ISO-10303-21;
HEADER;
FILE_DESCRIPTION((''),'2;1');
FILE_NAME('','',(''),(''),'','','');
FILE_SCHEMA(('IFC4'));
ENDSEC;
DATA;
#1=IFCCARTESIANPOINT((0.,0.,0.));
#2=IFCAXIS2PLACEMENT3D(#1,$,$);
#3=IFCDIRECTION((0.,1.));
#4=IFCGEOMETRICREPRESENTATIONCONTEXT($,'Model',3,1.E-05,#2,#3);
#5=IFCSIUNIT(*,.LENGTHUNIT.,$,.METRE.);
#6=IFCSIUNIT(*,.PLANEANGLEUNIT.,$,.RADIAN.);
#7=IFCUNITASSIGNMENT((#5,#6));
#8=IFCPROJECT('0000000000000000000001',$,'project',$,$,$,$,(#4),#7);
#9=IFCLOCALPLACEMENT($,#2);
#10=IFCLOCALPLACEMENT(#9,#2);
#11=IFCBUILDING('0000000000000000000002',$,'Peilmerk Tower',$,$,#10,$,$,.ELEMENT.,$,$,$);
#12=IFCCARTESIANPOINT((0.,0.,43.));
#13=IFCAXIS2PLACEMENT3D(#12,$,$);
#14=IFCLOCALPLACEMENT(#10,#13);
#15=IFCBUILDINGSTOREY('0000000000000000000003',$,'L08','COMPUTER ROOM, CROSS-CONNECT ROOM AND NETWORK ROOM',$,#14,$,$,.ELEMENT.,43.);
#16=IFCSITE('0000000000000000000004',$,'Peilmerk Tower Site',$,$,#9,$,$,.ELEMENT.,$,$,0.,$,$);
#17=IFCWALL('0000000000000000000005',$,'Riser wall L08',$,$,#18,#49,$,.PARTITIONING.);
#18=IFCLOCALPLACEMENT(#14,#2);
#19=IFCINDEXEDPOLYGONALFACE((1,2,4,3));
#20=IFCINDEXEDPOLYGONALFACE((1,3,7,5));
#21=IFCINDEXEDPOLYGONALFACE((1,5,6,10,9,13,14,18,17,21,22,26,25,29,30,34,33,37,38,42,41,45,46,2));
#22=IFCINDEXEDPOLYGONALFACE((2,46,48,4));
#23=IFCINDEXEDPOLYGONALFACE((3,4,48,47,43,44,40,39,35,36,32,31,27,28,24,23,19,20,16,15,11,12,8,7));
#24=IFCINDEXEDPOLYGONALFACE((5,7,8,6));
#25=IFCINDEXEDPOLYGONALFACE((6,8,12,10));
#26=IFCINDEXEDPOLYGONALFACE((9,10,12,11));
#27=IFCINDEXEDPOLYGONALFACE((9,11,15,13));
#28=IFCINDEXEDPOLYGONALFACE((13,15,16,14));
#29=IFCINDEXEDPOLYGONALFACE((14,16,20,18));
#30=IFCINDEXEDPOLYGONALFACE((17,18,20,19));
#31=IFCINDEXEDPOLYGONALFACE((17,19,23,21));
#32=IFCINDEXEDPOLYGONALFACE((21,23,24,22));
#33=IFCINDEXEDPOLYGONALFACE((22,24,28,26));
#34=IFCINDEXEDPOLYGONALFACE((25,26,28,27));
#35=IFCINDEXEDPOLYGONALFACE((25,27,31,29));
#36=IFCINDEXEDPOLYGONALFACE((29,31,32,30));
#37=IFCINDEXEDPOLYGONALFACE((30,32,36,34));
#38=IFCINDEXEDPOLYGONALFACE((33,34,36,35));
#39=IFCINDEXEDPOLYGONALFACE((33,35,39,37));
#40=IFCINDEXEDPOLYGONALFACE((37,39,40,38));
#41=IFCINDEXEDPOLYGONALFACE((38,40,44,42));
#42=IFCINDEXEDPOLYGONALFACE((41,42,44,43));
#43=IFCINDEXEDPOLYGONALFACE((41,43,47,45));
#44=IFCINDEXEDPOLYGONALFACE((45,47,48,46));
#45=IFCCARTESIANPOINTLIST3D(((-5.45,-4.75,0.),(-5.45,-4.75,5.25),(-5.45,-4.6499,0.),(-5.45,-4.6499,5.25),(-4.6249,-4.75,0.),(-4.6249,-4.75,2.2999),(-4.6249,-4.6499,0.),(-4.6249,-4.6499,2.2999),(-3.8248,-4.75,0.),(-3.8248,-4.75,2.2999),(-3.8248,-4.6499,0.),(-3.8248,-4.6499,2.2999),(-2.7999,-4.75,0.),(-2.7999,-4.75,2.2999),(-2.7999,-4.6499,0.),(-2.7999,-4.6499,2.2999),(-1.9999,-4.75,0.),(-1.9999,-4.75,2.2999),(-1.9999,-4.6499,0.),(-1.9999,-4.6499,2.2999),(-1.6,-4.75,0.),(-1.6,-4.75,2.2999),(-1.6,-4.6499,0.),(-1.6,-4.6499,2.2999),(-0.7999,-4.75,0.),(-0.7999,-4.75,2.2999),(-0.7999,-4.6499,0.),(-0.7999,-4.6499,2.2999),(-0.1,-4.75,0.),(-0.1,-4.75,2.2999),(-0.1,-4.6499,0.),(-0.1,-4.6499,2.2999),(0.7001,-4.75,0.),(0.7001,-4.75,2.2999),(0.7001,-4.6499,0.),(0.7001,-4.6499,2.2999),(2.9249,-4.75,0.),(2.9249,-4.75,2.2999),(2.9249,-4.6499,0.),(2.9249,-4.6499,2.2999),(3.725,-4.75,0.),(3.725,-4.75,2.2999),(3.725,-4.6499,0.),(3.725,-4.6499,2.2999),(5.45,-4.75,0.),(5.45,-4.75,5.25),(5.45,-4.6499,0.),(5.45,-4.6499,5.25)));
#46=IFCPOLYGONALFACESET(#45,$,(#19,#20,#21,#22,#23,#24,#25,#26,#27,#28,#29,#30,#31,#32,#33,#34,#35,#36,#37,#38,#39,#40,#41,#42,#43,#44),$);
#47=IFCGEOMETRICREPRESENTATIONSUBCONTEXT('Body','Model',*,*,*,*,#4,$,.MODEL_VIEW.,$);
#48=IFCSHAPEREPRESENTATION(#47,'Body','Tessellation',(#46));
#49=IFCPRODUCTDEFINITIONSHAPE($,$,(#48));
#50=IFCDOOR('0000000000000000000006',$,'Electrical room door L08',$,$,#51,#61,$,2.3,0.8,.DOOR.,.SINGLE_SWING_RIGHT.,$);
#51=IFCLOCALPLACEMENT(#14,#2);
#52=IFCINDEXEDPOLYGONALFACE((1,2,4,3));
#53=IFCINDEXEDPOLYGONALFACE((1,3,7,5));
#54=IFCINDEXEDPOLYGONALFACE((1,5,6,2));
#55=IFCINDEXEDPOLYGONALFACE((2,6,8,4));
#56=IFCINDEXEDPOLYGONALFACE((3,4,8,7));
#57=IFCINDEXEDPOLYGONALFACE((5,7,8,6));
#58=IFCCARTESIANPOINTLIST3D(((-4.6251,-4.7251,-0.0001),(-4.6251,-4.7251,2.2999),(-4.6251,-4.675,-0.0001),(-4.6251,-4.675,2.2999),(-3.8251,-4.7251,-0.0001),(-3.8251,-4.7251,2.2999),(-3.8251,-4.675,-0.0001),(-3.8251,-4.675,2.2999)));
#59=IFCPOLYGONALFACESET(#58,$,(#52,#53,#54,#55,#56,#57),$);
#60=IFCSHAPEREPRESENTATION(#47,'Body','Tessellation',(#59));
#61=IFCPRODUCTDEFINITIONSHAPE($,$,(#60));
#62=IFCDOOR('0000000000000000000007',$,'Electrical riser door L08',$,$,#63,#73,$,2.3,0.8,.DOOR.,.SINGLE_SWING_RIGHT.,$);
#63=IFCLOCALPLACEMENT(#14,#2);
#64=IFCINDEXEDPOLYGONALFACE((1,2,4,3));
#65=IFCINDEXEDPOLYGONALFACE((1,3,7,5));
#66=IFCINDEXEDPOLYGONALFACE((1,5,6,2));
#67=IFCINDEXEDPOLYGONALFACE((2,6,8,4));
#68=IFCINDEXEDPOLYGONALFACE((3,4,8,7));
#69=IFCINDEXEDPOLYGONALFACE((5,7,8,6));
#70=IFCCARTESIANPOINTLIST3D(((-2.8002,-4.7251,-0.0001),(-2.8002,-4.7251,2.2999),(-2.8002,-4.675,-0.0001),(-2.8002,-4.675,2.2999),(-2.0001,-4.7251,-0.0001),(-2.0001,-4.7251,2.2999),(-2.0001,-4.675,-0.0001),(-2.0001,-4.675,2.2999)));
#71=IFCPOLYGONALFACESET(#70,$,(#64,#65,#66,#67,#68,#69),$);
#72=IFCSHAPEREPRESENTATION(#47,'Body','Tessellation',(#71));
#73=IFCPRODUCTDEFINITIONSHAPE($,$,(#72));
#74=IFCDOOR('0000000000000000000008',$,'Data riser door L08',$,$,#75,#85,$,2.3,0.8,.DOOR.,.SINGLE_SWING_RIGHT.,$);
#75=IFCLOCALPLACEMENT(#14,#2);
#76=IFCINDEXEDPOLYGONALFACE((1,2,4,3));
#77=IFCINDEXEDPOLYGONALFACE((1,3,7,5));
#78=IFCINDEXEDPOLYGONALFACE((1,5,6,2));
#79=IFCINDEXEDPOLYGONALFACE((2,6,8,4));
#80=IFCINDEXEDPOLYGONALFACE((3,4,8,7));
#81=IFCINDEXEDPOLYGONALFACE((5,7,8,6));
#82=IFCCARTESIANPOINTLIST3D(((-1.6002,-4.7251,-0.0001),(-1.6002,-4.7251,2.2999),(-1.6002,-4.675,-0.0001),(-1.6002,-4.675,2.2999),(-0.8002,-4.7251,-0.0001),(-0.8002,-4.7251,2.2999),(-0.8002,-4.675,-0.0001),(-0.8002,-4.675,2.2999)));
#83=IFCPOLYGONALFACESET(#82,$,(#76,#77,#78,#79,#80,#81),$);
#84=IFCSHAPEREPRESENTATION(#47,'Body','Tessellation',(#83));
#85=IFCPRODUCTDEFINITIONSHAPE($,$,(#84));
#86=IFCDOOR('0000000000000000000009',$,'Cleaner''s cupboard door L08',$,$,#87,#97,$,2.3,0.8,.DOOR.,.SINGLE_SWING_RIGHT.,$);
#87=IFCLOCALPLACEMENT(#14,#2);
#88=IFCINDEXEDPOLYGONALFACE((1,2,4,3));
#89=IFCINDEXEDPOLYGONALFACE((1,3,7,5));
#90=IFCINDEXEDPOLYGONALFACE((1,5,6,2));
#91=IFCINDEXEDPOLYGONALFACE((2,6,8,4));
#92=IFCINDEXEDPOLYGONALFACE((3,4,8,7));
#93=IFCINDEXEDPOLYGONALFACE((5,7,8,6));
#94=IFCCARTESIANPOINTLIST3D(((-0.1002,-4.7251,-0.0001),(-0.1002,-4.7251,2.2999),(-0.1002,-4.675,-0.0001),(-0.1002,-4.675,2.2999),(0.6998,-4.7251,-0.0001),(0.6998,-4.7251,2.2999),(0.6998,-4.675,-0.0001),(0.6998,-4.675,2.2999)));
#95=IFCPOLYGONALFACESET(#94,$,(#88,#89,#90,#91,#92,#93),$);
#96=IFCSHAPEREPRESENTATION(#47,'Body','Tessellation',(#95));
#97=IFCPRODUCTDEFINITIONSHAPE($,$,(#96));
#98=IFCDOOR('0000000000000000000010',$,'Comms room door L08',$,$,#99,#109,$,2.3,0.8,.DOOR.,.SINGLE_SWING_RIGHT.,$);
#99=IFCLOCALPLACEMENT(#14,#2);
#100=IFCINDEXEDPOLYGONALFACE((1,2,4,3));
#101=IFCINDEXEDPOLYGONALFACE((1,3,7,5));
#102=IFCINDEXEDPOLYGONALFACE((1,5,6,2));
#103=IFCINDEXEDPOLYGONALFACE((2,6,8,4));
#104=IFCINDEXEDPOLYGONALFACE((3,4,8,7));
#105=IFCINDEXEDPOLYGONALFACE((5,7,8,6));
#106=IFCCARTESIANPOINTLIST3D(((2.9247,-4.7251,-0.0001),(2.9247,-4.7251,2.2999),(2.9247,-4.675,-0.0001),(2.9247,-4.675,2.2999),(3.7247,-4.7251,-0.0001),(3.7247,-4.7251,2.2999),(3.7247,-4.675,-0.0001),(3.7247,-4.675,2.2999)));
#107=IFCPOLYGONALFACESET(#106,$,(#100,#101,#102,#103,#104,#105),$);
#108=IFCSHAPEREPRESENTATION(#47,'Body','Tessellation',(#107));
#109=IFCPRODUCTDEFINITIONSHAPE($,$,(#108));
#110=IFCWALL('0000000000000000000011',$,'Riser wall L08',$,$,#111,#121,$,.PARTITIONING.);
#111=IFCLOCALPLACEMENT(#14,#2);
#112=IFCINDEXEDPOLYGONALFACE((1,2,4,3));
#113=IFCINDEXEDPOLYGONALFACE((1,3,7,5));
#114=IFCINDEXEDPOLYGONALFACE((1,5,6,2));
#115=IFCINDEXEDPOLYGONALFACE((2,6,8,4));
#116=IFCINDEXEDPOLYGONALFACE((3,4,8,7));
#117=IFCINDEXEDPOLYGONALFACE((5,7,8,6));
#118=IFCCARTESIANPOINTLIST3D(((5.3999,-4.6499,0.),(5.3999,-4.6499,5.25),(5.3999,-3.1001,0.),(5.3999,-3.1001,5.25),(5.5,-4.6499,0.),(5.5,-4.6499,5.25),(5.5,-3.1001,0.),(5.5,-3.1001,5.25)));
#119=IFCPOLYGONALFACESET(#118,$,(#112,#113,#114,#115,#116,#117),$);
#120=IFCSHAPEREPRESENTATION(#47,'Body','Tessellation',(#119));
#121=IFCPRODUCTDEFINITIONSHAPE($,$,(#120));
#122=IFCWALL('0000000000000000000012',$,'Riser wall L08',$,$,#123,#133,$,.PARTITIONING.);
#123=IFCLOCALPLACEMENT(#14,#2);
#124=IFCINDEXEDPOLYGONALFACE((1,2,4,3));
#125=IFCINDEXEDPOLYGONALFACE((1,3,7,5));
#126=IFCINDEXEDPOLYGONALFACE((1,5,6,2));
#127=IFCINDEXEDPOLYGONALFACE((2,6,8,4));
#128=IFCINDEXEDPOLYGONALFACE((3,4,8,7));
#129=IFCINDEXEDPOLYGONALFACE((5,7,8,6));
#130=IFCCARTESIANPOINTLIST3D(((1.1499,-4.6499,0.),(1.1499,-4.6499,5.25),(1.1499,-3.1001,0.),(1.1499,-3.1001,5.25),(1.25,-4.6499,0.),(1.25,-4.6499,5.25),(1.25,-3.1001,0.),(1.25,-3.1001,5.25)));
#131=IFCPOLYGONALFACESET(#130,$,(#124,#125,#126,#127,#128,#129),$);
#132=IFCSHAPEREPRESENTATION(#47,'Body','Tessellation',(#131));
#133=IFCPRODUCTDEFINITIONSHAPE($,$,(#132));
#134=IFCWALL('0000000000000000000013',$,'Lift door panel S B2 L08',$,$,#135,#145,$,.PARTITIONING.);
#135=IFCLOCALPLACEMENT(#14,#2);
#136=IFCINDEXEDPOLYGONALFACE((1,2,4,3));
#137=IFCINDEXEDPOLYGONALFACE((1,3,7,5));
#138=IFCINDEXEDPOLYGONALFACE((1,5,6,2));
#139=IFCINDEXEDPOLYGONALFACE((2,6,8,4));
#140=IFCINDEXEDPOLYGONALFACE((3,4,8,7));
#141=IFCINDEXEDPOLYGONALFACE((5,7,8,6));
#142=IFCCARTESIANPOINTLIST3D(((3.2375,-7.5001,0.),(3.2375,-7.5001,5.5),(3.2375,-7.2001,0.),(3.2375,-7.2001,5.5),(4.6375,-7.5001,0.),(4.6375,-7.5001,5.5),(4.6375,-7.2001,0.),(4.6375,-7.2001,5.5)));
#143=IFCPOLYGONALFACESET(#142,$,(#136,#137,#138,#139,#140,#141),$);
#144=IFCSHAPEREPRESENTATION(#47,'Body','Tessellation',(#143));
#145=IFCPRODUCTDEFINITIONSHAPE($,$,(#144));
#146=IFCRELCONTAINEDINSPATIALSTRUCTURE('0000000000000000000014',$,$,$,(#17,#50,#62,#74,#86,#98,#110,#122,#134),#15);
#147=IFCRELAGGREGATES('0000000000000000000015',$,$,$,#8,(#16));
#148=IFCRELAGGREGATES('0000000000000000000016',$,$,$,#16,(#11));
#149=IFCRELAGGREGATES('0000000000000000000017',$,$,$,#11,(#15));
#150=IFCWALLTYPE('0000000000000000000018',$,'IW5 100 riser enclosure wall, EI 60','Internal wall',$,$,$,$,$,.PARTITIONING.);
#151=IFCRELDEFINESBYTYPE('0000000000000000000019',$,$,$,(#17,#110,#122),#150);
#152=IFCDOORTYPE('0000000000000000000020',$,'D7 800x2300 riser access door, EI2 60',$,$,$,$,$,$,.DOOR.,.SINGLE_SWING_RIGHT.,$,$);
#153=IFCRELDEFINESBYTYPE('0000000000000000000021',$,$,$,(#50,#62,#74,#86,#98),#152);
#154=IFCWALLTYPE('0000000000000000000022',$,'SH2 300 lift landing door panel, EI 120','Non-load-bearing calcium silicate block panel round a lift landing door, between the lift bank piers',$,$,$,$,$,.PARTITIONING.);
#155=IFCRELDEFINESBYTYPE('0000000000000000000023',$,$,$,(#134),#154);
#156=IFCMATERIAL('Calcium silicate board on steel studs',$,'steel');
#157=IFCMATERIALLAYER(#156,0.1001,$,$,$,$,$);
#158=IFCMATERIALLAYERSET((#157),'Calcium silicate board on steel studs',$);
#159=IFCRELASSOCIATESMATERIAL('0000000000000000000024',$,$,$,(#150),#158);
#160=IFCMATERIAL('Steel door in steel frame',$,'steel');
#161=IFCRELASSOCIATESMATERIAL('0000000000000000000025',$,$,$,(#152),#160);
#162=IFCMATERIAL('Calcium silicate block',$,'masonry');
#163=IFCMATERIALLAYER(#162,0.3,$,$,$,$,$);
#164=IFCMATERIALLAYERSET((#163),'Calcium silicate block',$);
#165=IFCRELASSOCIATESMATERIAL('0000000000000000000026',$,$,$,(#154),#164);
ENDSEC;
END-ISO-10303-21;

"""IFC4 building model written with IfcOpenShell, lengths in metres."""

from ifc_helpers import new_model, si_unit, direction, frame, frame_2d, origin, place, context, subcontext, project, spatial, rectangle, extrude, material, layer, layer_set, type_object, element, fill, save


model = new_model("IFC4")

# Units and contexts
model_context = context("Model", 3, precision=1e-05, world=origin(), true_north=direction((0.0, 1.0)))
body_context = subcontext(model_context, "Body", "Model", "MODEL_VIEW")
ifc_project = project(units=[si_unit("LENGTHUNIT", "METRE"), si_unit("PLANEANGLEUNIT", "RADIAN")], contexts=[model_context])

# Site, building, storey
site_placement = place(None, origin())
site = spatial("IfcSite", under=ifc_project, at=site_placement, Name="Peilmerk Tower Site", CompositionType="ELEMENT", RefElevation=0.0)
building_placement = place(site_placement, origin())
building = spatial("IfcBuilding", under=site, at=building_placement, Name="Peilmerk Tower", CompositionType="ELEMENT")
storey_placement = place(building_placement, frame((0.0, 0.0, 43.0)))
storey = spatial("IfcBuildingStorey", under=building, at=storey_placement, Name="L08", Description="COMPUTER ROOM, CROSS-CONNECT ROOM AND NETWORK ROOM", CompositionType="ELEMENT", Elevation=43.0)

# Shared definitions
ifc_material_1 = material(Name="Steel door in steel frame", Category="steel")

# Shared definitions
ifc_material_2 = material(Name="Calcium silicate board on steel studs", Category="steel")
ifc_layer_1 = layer(ifc_material_2, 0.1001)
ifc_layer_set_1 = layer_set([ifc_layer_1], Name="Calcium silicate board on steel studs")
wall_type_1 = type_object("IfcWallType", Name="IW5 100 riser enclosure wall, EI 60", Description="Internal wall", PredefinedType="PARTITIONING", material=ifc_layer_set_1)

# Wall, openings, doors
wall_1_placement = place(storey_placement, frame((5.45, -4.7, 0.0), z_axis=(0.0, 0.0, 1.0), x_axis=(-1.0, 0.0, 0.0)))
wall_1 = element("IfcWall", 1, at=wall_1_placement, inside=storey, type_object=wall_type_1, Name="Riser wall L08", PredefinedType="PARTITIONING", context=body_context, shape_type="SweptSolid", body=[
    extrude(rectangle(XDim=10.8999, YDim=0.1001, at=frame_2d((5.45, 0.0))), origin(), (0.0, 0.0, 1.0), 5.25),
])
opening_1_placement = place(wall_1_placement, frame((9.2749, 0.0, 0.0)))
opening_1 = element("IfcOpeningElement", 2, at=opening_1_placement, cuts=wall_1, PredefinedType="OPENING", context=body_context, shape_type="SweptSolid", body=[
    extrude(rectangle(XDim=0.8, YDim=2.3, at=frame_2d((0.3999, 1.1499))), frame((0.0, 0.0601, 0.0), z_axis=(0.0, -1.0, 0.0), x_axis=(1.0, 0.0, 0.0)), (0.0, 0.0, 1.0), 0.1201),
])
opening_2_placement = place(wall_1_placement, frame((7.45, 0.0, 0.0)))
opening_2 = element("IfcOpeningElement", 3, at=opening_2_placement, cuts=wall_1, PredefinedType="OPENING", context=body_context, shape_type="SweptSolid", body=[
    extrude(rectangle(XDim=0.8, YDim=2.3, at=frame_2d((0.3999, 1.1499))), frame((0.0, 0.0601, 0.0), z_axis=(0.0, -1.0, 0.0), x_axis=(1.0, 0.0, 0.0)), (0.0, 0.0, 1.0), 0.1201),
])
opening_3_placement = place(wall_1_placement, frame((6.25, 0.0, 0.0)))
opening_3 = element("IfcOpeningElement", 4, at=opening_3_placement, cuts=wall_1, PredefinedType="OPENING", context=body_context, shape_type="SweptSolid", body=[
    extrude(rectangle(XDim=0.8, YDim=2.3, at=frame_2d((0.3999, 1.1499))), frame((0.0, 0.0601, 0.0), z_axis=(0.0, -1.0, 0.0), x_axis=(1.0, 0.0, 0.0)), (0.0, 0.0, 1.0), 0.1201),
])
opening_4_placement = place(wall_1_placement, frame((4.75, 0.0, 0.0)))
opening_4 = element("IfcOpeningElement", 5, at=opening_4_placement, cuts=wall_1, PredefinedType="OPENING", context=body_context, shape_type="SweptSolid", body=[
    extrude(rectangle(XDim=0.8, YDim=2.3, at=frame_2d((0.3999, 1.1499))), frame((0.0, 0.0601, 0.0), z_axis=(0.0, -1.0, 0.0), x_axis=(1.0, 0.0, 0.0)), (0.0, 0.0, 1.0), 0.1201),
])
opening_5_placement = place(wall_1_placement, frame((1.7251, 0.0, 0.0)))
opening_5 = element("IfcOpeningElement", 6, at=opening_5_placement, cuts=wall_1, PredefinedType="OPENING", context=body_context, shape_type="SweptSolid", body=[
    extrude(rectangle(XDim=0.8, YDim=2.3, at=frame_2d((0.3999, 1.1499))), frame((0.0, 0.0601, 0.0), z_axis=(0.0, -1.0, 0.0), x_axis=(1.0, 0.0, 0.0)), (0.0, 0.0, 1.0), 0.1201),
])
door_type_1 = type_object("IfcDoorType", Name="D7 800x2300 riser access door, EI2 60", OperationType="SINGLE_SWING_RIGHT", PredefinedType="DOOR", material=ifc_material_1)
door_1_placement = place(opening_1_placement, frame((0.8, 0.0, 0.0), z_axis=(0.0, 0.0, 1.0), x_axis=(-1.0, 0.0, 0.0)))
door_1 = element("IfcDoor", 7, at=door_1_placement, inside=storey, type_object=door_type_1, Name="Electrical room door L08", OperationType="SINGLE_SWING_RIGHT", OverallHeight=2.3, OverallWidth=0.8, PredefinedType="DOOR", context=body_context, shape_type="SweptSolid", body=[
    extrude(rectangle(XDim=0.8, YDim=2.3, at=frame_2d((0.3999, 1.1499))), frame((0.0, 0.0249, 0.0), z_axis=(0.0, -1.0, 0.0), x_axis=(1.0, 0.0, 0.0)), (0.0, 0.0, 1.0), 0.05),
])
fill(opening_1, door_1)
door_2_placement = place(opening_2_placement, frame((0.8, 0.0, 0.0), z_axis=(0.0, 0.0, 1.0), x_axis=(-1.0, 0.0, 0.0)))
door_2 = element("IfcDoor", 8, at=door_2_placement, inside=storey, type_object=door_type_1, Name="Electrical riser door L08", OperationType="SINGLE_SWING_RIGHT", OverallHeight=2.3, OverallWidth=0.8, PredefinedType="DOOR", context=body_context, shape_type="SweptSolid", body=[
    extrude(rectangle(XDim=0.8, YDim=2.3, at=frame_2d((0.3999, 1.1499))), frame((0.0, 0.0249, 0.0), z_axis=(0.0, -1.0, 0.0), x_axis=(1.0, 0.0, 0.0)), (0.0, 0.0, 1.0), 0.05),
])
fill(opening_2, door_2)
door_3_placement = place(opening_3_placement, frame((0.8, 0.0, 0.0), z_axis=(0.0, 0.0, 1.0), x_axis=(-1.0, 0.0, 0.0)))
door_3 = element("IfcDoor", 9, at=door_3_placement, inside=storey, type_object=door_type_1, Name="Data riser door L08", OperationType="SINGLE_SWING_RIGHT", OverallHeight=2.3, OverallWidth=0.8, PredefinedType="DOOR", context=body_context, shape_type="SweptSolid", body=[
    extrude(rectangle(XDim=0.8, YDim=2.3, at=frame_2d((0.3999, 1.1499))), frame((0.0, 0.0249, 0.0), z_axis=(0.0, -1.0, 0.0), x_axis=(1.0, 0.0, 0.0)), (0.0, 0.0, 1.0), 0.05),
])
fill(opening_3, door_3)
door_4_placement = place(opening_4_placement, frame((0.8, 0.0, 0.0), z_axis=(0.0, 0.0, 1.0), x_axis=(-1.0, 0.0, 0.0)))
door_4 = element("IfcDoor", 10, at=door_4_placement, inside=storey, type_object=door_type_1, Name="Cleaner's cupboard door L08", OperationType="SINGLE_SWING_RIGHT", OverallHeight=2.3, OverallWidth=0.8, PredefinedType="DOOR", context=body_context, shape_type="SweptSolid", body=[
    extrude(rectangle(XDim=0.8, YDim=2.3, at=frame_2d((0.3999, 1.1499))), frame((0.0, 0.0249, 0.0), z_axis=(0.0, -1.0, 0.0), x_axis=(1.0, 0.0, 0.0)), (0.0, 0.0, 1.0), 0.05),
])
fill(opening_4, door_4)
door_5_placement = place(opening_5_placement, frame((0.8, 0.0, 0.0), z_axis=(0.0, 0.0, 1.0), x_axis=(-1.0, 0.0, 0.0)))
door_5 = element("IfcDoor", 11, at=door_5_placement, inside=storey, type_object=door_type_1, Name="Comms room door L08", OperationType="SINGLE_SWING_RIGHT", OverallHeight=2.3, OverallWidth=0.8, PredefinedType="DOOR", context=body_context, shape_type="SweptSolid", body=[
    extrude(rectangle(XDim=0.8, YDim=2.3, at=frame_2d((0.3999, 1.1499))), frame((0.0, 0.0249, 0.0), z_axis=(0.0, -1.0, 0.0), x_axis=(1.0, 0.0, 0.0)), (0.0, 0.0, 1.0), 0.05),
])
fill(opening_5, door_5)

# Walls
for number, where, z_axis, x_axis, name in (
    (12, (5.45, -3.1001, 0.0), (0.0, 0.0, 1.0), (0.0, -1.0, 0.0), "Riser wall L08"),
    (13, (1.2, -3.1001, 0.0), (0.0, 0.0, 1.0), (0.0, -1.0, 0.0), "Riser wall L08"),
):
    element("IfcWall", number, at=place(storey_placement, frame(where, z_axis=z_axis, x_axis=x_axis)), inside=storey, type_object=wall_type_1, Name=name, PredefinedType="PARTITIONING", context=body_context, shape_type="SweptSolid", body=[
        extrude(rectangle(XDim=1.5498, YDim=0.1001, at=frame_2d((0.7749, 0.0))), origin(), (0.0, 0.0, 1.0), 5.25),
    ])
ifc_material_3 = material(Name="Calcium silicate block", Category="masonry")
ifc_layer_2 = layer(ifc_material_3, 0.3)
ifc_layer_set_2 = layer_set([ifc_layer_2], Name="Calcium silicate block")
wall_type_2 = type_object("IfcWallType", Name="SH2 300 lift landing door panel, EI 120", Description="Non-load-bearing calcium silicate block panel round a lift landing door, between the lift bank piers", PredefinedType="PARTITIONING", material=ifc_layer_set_2)
wall_2_placement = place(storey_placement, frame((3.2375, -7.3501, 0.0), z_axis=(0.0, 0.0, 1.0), x_axis=(1.0, 0.0, 0.0)))
element("IfcWall", 14, at=wall_2_placement, inside=storey, type_object=wall_type_2, Name="Lift door panel S B2 L08", PredefinedType="PARTITIONING", context=body_context, shape_type="SweptSolid", body=[
    extrude(rectangle(XDim=1.3999, YDim=0.3, at=frame_2d((0.7, 0.0))), origin(), (0.0, 0.0, 1.0), 5.5),
])

save(model, "model.ifc")
